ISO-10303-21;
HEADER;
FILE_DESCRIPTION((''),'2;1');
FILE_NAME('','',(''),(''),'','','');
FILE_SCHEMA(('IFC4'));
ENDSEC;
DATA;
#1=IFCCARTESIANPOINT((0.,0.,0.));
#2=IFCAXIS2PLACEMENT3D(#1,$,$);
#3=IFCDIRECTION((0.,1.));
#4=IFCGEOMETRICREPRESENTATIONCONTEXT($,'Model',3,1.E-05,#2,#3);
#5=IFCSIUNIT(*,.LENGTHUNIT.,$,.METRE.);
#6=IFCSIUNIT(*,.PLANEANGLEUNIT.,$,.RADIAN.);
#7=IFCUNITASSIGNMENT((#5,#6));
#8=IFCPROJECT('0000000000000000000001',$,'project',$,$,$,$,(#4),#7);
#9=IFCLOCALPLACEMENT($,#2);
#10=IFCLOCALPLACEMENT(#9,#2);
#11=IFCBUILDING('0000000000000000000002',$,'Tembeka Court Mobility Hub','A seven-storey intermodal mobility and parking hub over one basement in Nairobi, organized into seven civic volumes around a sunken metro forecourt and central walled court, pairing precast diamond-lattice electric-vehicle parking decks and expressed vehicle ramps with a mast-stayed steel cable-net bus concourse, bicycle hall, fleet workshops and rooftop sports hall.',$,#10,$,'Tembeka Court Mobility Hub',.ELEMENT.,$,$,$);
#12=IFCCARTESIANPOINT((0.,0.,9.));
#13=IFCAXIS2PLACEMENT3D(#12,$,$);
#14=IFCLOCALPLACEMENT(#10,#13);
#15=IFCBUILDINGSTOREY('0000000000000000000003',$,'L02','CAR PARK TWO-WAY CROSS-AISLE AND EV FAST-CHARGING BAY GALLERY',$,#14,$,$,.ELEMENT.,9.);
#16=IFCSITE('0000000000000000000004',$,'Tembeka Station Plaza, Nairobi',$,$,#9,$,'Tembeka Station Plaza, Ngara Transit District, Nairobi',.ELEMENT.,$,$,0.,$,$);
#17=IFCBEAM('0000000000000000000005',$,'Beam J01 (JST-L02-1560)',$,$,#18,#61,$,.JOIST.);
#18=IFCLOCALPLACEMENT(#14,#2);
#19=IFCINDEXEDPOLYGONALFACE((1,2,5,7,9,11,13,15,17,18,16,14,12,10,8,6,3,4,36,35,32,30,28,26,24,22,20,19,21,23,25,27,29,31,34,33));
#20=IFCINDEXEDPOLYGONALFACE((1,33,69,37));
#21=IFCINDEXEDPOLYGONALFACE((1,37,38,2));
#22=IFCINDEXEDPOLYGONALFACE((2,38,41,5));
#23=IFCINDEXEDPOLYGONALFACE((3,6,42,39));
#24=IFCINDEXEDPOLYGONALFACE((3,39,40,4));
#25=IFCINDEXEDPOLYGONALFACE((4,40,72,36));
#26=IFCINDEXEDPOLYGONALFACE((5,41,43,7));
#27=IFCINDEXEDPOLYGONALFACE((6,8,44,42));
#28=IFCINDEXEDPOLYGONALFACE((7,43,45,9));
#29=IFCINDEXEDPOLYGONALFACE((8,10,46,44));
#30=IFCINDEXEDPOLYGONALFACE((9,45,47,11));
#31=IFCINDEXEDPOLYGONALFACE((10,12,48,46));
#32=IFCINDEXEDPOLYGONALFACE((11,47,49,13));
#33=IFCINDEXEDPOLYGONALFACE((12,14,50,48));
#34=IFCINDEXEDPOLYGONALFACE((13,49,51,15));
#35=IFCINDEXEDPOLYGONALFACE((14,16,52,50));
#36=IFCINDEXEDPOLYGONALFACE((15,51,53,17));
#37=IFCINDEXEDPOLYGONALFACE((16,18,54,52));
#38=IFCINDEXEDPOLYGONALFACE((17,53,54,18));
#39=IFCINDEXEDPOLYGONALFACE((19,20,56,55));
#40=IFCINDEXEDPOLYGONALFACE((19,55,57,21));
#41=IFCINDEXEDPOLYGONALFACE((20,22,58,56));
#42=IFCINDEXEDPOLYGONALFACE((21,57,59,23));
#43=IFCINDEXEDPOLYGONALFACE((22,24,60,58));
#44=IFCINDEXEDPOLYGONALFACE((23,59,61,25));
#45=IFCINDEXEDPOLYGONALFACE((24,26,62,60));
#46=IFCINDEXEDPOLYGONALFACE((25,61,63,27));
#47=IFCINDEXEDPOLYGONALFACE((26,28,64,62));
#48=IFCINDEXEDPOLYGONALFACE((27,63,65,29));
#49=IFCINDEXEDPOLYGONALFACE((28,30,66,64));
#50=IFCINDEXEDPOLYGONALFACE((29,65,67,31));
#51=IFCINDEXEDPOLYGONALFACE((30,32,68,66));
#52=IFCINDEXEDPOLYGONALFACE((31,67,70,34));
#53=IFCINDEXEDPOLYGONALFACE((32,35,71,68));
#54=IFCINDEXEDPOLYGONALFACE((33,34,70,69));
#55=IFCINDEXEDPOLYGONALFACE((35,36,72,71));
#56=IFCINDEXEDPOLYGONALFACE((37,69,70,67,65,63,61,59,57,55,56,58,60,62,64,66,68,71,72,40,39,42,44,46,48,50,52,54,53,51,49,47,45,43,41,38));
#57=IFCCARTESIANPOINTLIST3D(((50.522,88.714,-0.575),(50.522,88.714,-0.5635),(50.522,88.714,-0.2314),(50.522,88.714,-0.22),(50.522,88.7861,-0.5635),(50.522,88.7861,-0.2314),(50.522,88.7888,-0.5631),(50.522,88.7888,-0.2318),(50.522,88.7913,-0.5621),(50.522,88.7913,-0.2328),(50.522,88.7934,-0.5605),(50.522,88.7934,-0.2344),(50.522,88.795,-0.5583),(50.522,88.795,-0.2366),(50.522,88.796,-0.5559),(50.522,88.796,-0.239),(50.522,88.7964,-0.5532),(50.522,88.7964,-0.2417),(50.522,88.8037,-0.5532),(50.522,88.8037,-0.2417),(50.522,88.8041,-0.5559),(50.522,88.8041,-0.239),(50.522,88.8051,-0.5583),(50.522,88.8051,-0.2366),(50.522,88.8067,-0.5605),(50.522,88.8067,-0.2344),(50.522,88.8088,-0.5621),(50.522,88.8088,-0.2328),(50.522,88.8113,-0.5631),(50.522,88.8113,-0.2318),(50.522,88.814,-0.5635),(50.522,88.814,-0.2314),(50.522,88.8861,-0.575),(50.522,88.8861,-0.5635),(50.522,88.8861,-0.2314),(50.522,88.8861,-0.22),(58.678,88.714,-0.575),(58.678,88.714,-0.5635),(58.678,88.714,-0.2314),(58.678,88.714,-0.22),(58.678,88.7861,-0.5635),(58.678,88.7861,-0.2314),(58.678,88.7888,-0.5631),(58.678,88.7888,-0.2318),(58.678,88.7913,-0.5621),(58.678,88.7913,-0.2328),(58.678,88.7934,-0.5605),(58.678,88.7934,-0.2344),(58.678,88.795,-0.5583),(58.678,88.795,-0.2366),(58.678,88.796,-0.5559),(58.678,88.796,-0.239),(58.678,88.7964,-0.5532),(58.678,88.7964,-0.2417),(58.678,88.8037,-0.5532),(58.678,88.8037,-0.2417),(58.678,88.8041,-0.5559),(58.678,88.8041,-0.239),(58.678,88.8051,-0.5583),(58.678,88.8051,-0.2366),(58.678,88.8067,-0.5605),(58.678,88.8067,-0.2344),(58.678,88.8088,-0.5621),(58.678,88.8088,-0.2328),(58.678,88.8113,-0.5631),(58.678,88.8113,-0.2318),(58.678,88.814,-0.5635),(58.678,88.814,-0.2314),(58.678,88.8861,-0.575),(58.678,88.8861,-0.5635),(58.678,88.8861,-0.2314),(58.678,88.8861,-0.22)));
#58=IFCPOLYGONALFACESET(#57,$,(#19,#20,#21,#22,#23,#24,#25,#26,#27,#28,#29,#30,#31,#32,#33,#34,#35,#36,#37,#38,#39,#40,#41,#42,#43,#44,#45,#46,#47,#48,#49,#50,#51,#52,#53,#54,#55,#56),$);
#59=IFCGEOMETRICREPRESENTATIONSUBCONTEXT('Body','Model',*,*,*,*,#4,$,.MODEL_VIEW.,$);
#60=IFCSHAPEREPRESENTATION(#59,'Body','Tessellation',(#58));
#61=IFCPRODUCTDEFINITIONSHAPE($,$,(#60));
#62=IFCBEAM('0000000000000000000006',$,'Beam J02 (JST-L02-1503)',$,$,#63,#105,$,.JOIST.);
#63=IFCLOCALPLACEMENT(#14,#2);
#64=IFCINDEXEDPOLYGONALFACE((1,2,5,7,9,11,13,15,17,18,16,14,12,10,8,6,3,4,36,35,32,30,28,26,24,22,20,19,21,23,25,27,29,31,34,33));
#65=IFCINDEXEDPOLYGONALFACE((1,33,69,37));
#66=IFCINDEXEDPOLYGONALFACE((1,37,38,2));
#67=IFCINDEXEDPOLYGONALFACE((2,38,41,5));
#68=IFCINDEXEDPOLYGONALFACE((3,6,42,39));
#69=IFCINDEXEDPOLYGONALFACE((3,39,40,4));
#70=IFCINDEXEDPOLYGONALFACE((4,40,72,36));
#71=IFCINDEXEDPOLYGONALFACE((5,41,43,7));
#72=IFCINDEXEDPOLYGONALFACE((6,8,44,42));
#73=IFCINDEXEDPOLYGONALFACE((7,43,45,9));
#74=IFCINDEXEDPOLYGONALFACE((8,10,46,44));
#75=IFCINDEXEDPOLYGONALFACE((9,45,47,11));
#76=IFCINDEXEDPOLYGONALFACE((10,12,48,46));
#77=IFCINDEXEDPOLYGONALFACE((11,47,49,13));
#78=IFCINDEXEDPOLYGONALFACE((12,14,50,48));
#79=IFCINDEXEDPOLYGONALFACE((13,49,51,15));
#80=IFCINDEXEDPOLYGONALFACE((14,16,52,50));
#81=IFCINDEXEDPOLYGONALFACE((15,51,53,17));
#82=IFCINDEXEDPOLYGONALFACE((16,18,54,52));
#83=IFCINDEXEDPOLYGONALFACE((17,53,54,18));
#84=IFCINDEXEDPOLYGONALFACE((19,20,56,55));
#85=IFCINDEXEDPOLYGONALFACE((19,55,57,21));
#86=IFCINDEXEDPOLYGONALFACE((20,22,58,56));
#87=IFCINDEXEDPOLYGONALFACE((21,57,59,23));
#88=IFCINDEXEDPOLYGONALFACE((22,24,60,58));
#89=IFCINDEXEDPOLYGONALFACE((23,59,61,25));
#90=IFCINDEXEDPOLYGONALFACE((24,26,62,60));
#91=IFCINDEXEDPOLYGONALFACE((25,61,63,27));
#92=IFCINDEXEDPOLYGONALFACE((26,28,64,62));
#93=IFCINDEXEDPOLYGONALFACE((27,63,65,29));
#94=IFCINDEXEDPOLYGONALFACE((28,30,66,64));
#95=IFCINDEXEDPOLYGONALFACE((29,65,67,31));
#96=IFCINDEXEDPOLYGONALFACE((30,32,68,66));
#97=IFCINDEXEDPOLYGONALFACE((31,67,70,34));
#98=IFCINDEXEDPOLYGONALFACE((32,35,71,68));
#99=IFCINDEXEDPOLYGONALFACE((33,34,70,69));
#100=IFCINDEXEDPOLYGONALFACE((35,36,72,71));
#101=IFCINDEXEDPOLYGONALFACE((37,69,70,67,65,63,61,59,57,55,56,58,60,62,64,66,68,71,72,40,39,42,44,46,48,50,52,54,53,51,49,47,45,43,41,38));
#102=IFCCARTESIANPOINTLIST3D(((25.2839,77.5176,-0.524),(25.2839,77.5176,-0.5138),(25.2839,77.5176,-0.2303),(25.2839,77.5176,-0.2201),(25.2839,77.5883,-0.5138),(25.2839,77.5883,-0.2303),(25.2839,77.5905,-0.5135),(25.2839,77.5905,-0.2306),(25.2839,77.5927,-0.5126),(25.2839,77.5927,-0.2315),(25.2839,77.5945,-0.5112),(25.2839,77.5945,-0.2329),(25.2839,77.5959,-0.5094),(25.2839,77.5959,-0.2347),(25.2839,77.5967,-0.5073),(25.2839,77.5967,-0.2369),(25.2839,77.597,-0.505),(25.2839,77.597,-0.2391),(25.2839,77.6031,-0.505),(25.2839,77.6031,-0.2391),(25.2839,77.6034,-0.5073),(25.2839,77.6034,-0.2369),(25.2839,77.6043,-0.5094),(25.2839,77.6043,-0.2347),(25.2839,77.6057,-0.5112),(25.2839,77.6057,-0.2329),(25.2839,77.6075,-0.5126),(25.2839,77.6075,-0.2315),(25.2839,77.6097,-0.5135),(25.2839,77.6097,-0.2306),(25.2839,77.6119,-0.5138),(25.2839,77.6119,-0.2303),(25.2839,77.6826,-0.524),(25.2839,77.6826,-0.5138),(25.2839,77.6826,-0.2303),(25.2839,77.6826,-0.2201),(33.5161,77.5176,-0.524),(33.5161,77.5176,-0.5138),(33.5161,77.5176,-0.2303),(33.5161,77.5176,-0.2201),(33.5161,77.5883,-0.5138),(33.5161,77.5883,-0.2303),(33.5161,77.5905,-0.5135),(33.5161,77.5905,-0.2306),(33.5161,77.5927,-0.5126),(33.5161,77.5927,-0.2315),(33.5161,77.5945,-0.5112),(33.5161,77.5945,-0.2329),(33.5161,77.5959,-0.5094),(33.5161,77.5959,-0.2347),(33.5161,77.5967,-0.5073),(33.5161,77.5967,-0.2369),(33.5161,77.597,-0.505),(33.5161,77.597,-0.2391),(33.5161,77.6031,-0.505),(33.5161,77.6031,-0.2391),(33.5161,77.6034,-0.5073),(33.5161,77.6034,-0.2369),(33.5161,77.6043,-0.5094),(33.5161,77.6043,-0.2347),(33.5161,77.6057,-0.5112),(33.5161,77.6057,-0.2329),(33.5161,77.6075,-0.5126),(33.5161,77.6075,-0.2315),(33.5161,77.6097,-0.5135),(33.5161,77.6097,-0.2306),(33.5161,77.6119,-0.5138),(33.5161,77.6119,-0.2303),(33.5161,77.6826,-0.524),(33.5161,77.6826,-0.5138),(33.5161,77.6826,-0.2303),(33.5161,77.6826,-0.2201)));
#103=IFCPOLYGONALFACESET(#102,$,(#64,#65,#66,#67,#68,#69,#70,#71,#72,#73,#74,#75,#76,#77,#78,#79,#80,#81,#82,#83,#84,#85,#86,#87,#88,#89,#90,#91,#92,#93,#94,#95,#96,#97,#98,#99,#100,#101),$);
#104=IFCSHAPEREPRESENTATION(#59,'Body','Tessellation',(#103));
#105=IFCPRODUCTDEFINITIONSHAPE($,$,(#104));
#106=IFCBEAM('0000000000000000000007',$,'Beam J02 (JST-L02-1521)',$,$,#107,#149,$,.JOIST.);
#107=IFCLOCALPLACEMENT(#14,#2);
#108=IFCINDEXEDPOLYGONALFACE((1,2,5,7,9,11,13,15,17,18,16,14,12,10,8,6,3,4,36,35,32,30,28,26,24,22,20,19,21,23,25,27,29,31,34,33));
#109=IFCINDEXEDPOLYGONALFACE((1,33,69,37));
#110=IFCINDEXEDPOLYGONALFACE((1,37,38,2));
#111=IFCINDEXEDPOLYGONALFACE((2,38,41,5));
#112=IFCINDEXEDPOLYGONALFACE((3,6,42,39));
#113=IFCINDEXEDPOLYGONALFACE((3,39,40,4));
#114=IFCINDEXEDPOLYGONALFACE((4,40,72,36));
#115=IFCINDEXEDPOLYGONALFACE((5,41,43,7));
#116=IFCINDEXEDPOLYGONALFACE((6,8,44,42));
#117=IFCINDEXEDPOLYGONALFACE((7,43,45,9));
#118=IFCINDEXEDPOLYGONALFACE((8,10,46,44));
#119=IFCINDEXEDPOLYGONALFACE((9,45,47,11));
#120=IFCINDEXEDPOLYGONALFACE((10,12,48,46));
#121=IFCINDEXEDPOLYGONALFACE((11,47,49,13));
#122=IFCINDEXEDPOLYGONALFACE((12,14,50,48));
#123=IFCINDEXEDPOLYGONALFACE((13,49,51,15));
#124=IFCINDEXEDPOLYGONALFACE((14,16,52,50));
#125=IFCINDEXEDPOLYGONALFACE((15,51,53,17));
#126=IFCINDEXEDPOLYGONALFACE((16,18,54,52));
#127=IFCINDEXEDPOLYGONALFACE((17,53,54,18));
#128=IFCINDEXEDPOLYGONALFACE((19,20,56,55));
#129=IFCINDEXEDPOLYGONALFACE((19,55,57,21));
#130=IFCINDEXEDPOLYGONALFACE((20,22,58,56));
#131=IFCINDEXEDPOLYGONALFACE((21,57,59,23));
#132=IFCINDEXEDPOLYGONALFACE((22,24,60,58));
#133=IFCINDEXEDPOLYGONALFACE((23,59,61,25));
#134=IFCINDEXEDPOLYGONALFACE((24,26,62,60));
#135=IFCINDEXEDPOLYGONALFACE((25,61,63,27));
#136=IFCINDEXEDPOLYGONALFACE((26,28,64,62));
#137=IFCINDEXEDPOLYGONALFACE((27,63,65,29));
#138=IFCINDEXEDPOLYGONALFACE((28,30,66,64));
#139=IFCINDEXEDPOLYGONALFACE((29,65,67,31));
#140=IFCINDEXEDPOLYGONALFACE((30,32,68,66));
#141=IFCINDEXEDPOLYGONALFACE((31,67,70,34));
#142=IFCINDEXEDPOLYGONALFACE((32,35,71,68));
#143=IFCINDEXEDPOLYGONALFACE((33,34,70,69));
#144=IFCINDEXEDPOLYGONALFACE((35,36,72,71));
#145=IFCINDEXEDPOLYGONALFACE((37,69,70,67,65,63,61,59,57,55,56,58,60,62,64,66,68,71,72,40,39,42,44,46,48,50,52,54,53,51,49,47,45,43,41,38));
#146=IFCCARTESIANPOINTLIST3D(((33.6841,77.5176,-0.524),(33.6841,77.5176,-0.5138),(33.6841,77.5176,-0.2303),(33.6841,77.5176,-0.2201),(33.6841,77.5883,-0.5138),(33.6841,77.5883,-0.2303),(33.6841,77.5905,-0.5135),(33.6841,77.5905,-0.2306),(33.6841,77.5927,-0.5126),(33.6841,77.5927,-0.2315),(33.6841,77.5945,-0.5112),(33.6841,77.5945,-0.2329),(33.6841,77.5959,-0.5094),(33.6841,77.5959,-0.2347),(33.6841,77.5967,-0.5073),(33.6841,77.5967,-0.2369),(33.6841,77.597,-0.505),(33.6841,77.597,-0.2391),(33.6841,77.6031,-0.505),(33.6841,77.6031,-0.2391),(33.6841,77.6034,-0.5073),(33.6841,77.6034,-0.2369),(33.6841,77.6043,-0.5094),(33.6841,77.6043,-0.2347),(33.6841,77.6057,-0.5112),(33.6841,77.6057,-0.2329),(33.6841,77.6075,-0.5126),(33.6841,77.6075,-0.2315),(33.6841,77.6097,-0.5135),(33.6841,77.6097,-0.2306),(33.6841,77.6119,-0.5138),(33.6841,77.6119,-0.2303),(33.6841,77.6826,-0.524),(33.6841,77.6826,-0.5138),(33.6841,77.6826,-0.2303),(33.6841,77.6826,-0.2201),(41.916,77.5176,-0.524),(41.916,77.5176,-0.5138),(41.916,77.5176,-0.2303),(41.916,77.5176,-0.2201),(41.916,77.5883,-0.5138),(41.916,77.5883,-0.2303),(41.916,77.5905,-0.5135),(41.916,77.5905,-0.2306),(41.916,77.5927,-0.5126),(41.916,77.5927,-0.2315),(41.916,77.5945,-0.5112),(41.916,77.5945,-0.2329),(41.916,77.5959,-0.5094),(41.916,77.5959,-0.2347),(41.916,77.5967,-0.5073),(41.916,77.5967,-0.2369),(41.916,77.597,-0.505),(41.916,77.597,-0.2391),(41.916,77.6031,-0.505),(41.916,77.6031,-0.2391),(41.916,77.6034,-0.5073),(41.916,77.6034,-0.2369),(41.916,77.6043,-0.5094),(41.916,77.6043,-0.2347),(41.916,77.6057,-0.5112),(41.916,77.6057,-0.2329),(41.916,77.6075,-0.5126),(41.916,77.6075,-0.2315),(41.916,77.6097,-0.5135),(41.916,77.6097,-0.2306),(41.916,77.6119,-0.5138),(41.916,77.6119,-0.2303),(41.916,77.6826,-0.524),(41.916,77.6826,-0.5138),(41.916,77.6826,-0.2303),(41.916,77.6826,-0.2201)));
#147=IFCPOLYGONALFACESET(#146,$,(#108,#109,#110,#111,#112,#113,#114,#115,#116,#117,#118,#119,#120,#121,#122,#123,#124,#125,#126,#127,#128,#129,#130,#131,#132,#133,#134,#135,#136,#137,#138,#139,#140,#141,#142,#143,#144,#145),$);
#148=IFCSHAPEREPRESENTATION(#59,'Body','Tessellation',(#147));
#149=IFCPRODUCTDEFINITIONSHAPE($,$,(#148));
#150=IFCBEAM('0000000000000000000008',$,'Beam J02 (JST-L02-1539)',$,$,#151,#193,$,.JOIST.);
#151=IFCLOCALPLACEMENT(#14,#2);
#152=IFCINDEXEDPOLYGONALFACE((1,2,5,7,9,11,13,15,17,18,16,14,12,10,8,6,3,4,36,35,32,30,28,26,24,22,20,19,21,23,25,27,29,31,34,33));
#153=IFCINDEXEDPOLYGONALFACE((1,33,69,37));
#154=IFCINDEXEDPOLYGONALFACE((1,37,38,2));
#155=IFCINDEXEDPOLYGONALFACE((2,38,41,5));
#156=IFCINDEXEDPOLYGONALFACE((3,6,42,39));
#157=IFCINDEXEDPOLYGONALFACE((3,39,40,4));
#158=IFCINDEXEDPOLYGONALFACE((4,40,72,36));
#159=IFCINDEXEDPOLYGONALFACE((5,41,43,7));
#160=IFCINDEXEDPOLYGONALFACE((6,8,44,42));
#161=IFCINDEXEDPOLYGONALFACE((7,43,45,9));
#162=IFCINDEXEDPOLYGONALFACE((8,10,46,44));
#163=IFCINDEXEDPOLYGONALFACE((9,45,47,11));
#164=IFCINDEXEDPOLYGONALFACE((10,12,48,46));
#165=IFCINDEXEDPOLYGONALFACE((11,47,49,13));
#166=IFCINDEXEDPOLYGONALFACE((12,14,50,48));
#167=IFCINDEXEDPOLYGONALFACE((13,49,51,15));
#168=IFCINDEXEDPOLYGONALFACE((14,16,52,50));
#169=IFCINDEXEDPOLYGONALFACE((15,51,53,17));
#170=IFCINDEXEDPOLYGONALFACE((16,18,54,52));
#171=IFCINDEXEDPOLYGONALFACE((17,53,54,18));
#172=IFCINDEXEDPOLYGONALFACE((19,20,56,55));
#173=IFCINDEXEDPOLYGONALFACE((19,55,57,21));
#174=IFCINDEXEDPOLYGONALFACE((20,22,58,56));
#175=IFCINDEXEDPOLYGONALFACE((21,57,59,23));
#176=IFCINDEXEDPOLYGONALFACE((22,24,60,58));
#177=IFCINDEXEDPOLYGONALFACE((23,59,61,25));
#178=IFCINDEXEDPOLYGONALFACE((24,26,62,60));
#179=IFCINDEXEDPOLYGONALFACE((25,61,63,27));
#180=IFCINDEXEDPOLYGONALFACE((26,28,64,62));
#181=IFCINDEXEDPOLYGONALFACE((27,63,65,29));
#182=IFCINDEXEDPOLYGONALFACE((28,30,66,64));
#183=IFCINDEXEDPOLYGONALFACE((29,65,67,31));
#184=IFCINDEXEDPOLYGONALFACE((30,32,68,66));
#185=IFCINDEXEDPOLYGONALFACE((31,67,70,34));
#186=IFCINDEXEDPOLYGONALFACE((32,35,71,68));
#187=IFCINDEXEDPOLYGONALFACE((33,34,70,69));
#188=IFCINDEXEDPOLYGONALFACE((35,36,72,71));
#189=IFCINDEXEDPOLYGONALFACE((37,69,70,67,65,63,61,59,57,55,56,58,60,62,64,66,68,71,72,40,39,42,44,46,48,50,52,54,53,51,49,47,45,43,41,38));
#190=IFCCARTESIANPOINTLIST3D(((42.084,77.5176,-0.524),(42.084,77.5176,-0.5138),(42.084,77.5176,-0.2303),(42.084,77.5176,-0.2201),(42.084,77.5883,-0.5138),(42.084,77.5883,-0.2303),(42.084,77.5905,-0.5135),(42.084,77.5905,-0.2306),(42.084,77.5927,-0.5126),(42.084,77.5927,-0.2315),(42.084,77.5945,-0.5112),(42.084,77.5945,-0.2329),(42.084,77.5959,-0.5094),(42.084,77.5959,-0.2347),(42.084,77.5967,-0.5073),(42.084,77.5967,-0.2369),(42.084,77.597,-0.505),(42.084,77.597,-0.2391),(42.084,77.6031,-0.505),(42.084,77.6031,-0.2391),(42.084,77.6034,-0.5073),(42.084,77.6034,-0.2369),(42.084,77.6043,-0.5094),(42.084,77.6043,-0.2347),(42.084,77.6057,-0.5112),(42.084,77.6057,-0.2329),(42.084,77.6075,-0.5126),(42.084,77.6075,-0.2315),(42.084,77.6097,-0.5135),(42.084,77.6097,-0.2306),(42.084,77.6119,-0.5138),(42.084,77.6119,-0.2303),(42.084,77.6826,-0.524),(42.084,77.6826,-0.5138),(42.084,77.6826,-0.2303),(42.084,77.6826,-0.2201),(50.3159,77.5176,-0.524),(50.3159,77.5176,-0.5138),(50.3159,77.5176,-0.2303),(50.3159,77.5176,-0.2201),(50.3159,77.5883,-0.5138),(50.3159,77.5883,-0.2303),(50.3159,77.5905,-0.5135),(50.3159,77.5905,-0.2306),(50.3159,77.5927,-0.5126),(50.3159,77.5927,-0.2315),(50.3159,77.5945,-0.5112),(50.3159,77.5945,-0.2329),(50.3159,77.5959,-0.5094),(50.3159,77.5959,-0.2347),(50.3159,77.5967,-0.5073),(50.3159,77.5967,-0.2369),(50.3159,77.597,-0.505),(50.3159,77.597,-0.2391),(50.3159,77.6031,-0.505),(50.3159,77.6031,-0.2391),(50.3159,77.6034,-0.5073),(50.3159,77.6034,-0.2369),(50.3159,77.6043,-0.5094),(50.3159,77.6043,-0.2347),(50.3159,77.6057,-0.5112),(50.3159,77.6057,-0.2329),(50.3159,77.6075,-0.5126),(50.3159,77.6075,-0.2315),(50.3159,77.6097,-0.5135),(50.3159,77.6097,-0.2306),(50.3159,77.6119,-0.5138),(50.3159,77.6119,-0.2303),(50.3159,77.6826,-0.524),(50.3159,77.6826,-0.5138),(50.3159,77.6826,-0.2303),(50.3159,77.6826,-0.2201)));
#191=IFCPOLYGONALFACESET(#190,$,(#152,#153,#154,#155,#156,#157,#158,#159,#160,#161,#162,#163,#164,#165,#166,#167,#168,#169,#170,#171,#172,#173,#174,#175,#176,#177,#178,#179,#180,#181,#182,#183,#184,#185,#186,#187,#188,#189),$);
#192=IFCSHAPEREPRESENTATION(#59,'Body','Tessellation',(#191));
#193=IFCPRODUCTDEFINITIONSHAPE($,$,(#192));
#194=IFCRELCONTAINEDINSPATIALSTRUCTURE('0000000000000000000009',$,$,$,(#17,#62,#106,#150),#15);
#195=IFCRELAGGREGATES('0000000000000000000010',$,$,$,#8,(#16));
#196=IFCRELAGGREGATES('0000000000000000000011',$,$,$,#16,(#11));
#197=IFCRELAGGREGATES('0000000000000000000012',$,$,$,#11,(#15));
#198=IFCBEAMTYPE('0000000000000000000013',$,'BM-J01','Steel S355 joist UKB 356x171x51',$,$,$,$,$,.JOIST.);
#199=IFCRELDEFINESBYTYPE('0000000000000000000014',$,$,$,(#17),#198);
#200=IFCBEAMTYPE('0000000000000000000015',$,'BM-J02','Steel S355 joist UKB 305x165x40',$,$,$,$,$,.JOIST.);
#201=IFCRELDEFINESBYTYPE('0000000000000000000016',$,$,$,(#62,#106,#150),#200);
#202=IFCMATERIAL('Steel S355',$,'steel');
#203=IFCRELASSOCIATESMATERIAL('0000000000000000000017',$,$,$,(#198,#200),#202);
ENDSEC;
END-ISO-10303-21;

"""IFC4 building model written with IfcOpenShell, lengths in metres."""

from ifc_helpers import new_model, si_unit, direction, frame, origin, origin_2d, place, context, subcontext, project, spatial, i_section, extrude, material, material_profile, profile_set, type_object, element, save


model = new_model("IFC4")

# Units and contexts
model_context = context("Model", 3, precision=1e-05, world=origin(), true_north=direction((0.0, 1.0)))
body_context = subcontext(model_context, "Body", "Model", "MODEL_VIEW")
ifc_project = project(units=[si_unit("LENGTHUNIT", "METRE"), si_unit("PLANEANGLEUNIT", "RADIAN")], contexts=[model_context])

# Site, building, storey
site_placement = place(None, origin())
site = spatial("IfcSite", under=ifc_project, at=site_placement, Name="Tembeka Station Plaza, Nairobi", LongName="Tembeka Station Plaza, Ngara Transit District, Nairobi", CompositionType="ELEMENT", RefElevation=0.0)
building_placement = place(site_placement, origin())
building = spatial("IfcBuilding", under=site, at=building_placement, Name="Tembeka Court Mobility Hub", Description="A seven-storey intermodal mobility and parking hub over one basement in Nairobi, organized into seven civic volumes around a sunken metro forecourt and central walled court, pairing precast diamond-lattice electric-vehicle parking decks and expressed vehicle ramps with a mast-stayed steel cable-net bus concourse, bicycle hall, fleet workshops and rooftop sports hall.", LongName="Tembeka Court Mobility Hub", CompositionType="ELEMENT")
storey_placement = place(building_placement, frame((0.0, 0.0, 9.0)))
storey = spatial("IfcBuildingStorey", under=building, at=storey_placement, Name="L02", Description="CAR PARK TWO-WAY CROSS-AISLE AND EV FAST-CHARGING BAY GALLERY", CompositionType="ELEMENT", Elevation=9.0)

# Shared definitions
ifc_material_1 = material(Name="Steel S355", Category="steel")

# Beams
ifc_material_profile_1 = material_profile(ifc_material_1, i_section(OverallWidth=0.1721, OverallDepth=0.355, WebThickness=0.0073, FlangeThickness=0.0115, FilletRadius=0.0103, at=origin_2d()), Name="UKB 356x171x51")
ifc_profile_set_1 = profile_set([ifc_material_profile_1], Name="Steel S355")
beam_type_1 = type_object("IfcBeamType", Name="BM-J01", Description="Steel S355 joist UKB 356x171x51", PredefinedType="JOIST", material=ifc_profile_set_1)
for number, where, z_axis, x_axis, name in (
    (1, (50.522, 88.8, -0.3975), (1.0, 0.0, 0.0), (0.0, 1.0, 0.0), "Beam J01 (JST-L02-1560)"),
):
    element("IfcBeam", number, at=place(storey_placement, frame(where, z_axis=z_axis, x_axis=x_axis)), inside=storey, type_object=beam_type_1, Name=name, PredefinedType="JOIST", context=body_context, shape_type="SweptSolid", body=[
        extrude(i_section(OverallWidth=0.1721, OverallDepth=0.355, WebThickness=0.0073, FlangeThickness=0.0115, FilletRadius=0.0103, at=origin_2d()), origin(), (0.0, 0.0, 1.0), 8.156),
    ])
ifc_material_profile_2 = material_profile(ifc_material_1, i_section(OverallWidth=0.165, OverallDepth=0.304, WebThickness=0.0061, FlangeThickness=0.0103, FilletRadius=0.0088, at=origin_2d()), Name="UKB 305x165x40")
ifc_profile_set_2 = profile_set([ifc_material_profile_2], Name="Steel S355")
beam_type_2 = type_object("IfcBeamType", Name="BM-J02", Description="Steel S355 joist UKB 305x165x40", PredefinedType="JOIST", material=ifc_profile_set_2)
beam_1_placement = place(storey_placement, frame((25.2839, 77.6001, -0.3721), z_axis=(1.0, 0.0, 0.0), x_axis=(0.0, 1.0, 0.0)))
element("IfcBeam", 2, at=beam_1_placement, inside=storey, type_object=beam_type_2, Name="Beam J02 (JST-L02-1503)", PredefinedType="JOIST", context=body_context, shape_type="SweptSolid", body=[
    extrude(i_section(OverallWidth=0.165, OverallDepth=0.304, WebThickness=0.0061, FlangeThickness=0.0103, FilletRadius=0.0088, at=origin_2d()), origin(), (0.0, 0.0, 1.0), 8.2322),
])
for number, where, z_axis, x_axis, name in (
    (3, (33.6841, 77.6001, -0.3721), (1.0, 0.0, 0.0), (0.0, 1.0, 0.0), "Beam J02 (JST-L02-1521)"),
    (4, (42.084, 77.6001, -0.3721), (1.0, 0.0, 0.0), (0.0, 1.0, 0.0), "Beam J02 (JST-L02-1539)"),
):
    element("IfcBeam", number, at=place(storey_placement, frame(where, z_axis=z_axis, x_axis=x_axis)), inside=storey, type_object=beam_type_2, Name=name, PredefinedType="JOIST", context=body_context, shape_type="SweptSolid", body=[
        extrude(i_section(OverallWidth=0.165, OverallDepth=0.304, WebThickness=0.0061, FlangeThickness=0.0103, FilletRadius=0.0088, at=origin_2d()), origin(), (0.0, 0.0, 1.0), 8.2319),
    ])

save(model, "model.ifc")
